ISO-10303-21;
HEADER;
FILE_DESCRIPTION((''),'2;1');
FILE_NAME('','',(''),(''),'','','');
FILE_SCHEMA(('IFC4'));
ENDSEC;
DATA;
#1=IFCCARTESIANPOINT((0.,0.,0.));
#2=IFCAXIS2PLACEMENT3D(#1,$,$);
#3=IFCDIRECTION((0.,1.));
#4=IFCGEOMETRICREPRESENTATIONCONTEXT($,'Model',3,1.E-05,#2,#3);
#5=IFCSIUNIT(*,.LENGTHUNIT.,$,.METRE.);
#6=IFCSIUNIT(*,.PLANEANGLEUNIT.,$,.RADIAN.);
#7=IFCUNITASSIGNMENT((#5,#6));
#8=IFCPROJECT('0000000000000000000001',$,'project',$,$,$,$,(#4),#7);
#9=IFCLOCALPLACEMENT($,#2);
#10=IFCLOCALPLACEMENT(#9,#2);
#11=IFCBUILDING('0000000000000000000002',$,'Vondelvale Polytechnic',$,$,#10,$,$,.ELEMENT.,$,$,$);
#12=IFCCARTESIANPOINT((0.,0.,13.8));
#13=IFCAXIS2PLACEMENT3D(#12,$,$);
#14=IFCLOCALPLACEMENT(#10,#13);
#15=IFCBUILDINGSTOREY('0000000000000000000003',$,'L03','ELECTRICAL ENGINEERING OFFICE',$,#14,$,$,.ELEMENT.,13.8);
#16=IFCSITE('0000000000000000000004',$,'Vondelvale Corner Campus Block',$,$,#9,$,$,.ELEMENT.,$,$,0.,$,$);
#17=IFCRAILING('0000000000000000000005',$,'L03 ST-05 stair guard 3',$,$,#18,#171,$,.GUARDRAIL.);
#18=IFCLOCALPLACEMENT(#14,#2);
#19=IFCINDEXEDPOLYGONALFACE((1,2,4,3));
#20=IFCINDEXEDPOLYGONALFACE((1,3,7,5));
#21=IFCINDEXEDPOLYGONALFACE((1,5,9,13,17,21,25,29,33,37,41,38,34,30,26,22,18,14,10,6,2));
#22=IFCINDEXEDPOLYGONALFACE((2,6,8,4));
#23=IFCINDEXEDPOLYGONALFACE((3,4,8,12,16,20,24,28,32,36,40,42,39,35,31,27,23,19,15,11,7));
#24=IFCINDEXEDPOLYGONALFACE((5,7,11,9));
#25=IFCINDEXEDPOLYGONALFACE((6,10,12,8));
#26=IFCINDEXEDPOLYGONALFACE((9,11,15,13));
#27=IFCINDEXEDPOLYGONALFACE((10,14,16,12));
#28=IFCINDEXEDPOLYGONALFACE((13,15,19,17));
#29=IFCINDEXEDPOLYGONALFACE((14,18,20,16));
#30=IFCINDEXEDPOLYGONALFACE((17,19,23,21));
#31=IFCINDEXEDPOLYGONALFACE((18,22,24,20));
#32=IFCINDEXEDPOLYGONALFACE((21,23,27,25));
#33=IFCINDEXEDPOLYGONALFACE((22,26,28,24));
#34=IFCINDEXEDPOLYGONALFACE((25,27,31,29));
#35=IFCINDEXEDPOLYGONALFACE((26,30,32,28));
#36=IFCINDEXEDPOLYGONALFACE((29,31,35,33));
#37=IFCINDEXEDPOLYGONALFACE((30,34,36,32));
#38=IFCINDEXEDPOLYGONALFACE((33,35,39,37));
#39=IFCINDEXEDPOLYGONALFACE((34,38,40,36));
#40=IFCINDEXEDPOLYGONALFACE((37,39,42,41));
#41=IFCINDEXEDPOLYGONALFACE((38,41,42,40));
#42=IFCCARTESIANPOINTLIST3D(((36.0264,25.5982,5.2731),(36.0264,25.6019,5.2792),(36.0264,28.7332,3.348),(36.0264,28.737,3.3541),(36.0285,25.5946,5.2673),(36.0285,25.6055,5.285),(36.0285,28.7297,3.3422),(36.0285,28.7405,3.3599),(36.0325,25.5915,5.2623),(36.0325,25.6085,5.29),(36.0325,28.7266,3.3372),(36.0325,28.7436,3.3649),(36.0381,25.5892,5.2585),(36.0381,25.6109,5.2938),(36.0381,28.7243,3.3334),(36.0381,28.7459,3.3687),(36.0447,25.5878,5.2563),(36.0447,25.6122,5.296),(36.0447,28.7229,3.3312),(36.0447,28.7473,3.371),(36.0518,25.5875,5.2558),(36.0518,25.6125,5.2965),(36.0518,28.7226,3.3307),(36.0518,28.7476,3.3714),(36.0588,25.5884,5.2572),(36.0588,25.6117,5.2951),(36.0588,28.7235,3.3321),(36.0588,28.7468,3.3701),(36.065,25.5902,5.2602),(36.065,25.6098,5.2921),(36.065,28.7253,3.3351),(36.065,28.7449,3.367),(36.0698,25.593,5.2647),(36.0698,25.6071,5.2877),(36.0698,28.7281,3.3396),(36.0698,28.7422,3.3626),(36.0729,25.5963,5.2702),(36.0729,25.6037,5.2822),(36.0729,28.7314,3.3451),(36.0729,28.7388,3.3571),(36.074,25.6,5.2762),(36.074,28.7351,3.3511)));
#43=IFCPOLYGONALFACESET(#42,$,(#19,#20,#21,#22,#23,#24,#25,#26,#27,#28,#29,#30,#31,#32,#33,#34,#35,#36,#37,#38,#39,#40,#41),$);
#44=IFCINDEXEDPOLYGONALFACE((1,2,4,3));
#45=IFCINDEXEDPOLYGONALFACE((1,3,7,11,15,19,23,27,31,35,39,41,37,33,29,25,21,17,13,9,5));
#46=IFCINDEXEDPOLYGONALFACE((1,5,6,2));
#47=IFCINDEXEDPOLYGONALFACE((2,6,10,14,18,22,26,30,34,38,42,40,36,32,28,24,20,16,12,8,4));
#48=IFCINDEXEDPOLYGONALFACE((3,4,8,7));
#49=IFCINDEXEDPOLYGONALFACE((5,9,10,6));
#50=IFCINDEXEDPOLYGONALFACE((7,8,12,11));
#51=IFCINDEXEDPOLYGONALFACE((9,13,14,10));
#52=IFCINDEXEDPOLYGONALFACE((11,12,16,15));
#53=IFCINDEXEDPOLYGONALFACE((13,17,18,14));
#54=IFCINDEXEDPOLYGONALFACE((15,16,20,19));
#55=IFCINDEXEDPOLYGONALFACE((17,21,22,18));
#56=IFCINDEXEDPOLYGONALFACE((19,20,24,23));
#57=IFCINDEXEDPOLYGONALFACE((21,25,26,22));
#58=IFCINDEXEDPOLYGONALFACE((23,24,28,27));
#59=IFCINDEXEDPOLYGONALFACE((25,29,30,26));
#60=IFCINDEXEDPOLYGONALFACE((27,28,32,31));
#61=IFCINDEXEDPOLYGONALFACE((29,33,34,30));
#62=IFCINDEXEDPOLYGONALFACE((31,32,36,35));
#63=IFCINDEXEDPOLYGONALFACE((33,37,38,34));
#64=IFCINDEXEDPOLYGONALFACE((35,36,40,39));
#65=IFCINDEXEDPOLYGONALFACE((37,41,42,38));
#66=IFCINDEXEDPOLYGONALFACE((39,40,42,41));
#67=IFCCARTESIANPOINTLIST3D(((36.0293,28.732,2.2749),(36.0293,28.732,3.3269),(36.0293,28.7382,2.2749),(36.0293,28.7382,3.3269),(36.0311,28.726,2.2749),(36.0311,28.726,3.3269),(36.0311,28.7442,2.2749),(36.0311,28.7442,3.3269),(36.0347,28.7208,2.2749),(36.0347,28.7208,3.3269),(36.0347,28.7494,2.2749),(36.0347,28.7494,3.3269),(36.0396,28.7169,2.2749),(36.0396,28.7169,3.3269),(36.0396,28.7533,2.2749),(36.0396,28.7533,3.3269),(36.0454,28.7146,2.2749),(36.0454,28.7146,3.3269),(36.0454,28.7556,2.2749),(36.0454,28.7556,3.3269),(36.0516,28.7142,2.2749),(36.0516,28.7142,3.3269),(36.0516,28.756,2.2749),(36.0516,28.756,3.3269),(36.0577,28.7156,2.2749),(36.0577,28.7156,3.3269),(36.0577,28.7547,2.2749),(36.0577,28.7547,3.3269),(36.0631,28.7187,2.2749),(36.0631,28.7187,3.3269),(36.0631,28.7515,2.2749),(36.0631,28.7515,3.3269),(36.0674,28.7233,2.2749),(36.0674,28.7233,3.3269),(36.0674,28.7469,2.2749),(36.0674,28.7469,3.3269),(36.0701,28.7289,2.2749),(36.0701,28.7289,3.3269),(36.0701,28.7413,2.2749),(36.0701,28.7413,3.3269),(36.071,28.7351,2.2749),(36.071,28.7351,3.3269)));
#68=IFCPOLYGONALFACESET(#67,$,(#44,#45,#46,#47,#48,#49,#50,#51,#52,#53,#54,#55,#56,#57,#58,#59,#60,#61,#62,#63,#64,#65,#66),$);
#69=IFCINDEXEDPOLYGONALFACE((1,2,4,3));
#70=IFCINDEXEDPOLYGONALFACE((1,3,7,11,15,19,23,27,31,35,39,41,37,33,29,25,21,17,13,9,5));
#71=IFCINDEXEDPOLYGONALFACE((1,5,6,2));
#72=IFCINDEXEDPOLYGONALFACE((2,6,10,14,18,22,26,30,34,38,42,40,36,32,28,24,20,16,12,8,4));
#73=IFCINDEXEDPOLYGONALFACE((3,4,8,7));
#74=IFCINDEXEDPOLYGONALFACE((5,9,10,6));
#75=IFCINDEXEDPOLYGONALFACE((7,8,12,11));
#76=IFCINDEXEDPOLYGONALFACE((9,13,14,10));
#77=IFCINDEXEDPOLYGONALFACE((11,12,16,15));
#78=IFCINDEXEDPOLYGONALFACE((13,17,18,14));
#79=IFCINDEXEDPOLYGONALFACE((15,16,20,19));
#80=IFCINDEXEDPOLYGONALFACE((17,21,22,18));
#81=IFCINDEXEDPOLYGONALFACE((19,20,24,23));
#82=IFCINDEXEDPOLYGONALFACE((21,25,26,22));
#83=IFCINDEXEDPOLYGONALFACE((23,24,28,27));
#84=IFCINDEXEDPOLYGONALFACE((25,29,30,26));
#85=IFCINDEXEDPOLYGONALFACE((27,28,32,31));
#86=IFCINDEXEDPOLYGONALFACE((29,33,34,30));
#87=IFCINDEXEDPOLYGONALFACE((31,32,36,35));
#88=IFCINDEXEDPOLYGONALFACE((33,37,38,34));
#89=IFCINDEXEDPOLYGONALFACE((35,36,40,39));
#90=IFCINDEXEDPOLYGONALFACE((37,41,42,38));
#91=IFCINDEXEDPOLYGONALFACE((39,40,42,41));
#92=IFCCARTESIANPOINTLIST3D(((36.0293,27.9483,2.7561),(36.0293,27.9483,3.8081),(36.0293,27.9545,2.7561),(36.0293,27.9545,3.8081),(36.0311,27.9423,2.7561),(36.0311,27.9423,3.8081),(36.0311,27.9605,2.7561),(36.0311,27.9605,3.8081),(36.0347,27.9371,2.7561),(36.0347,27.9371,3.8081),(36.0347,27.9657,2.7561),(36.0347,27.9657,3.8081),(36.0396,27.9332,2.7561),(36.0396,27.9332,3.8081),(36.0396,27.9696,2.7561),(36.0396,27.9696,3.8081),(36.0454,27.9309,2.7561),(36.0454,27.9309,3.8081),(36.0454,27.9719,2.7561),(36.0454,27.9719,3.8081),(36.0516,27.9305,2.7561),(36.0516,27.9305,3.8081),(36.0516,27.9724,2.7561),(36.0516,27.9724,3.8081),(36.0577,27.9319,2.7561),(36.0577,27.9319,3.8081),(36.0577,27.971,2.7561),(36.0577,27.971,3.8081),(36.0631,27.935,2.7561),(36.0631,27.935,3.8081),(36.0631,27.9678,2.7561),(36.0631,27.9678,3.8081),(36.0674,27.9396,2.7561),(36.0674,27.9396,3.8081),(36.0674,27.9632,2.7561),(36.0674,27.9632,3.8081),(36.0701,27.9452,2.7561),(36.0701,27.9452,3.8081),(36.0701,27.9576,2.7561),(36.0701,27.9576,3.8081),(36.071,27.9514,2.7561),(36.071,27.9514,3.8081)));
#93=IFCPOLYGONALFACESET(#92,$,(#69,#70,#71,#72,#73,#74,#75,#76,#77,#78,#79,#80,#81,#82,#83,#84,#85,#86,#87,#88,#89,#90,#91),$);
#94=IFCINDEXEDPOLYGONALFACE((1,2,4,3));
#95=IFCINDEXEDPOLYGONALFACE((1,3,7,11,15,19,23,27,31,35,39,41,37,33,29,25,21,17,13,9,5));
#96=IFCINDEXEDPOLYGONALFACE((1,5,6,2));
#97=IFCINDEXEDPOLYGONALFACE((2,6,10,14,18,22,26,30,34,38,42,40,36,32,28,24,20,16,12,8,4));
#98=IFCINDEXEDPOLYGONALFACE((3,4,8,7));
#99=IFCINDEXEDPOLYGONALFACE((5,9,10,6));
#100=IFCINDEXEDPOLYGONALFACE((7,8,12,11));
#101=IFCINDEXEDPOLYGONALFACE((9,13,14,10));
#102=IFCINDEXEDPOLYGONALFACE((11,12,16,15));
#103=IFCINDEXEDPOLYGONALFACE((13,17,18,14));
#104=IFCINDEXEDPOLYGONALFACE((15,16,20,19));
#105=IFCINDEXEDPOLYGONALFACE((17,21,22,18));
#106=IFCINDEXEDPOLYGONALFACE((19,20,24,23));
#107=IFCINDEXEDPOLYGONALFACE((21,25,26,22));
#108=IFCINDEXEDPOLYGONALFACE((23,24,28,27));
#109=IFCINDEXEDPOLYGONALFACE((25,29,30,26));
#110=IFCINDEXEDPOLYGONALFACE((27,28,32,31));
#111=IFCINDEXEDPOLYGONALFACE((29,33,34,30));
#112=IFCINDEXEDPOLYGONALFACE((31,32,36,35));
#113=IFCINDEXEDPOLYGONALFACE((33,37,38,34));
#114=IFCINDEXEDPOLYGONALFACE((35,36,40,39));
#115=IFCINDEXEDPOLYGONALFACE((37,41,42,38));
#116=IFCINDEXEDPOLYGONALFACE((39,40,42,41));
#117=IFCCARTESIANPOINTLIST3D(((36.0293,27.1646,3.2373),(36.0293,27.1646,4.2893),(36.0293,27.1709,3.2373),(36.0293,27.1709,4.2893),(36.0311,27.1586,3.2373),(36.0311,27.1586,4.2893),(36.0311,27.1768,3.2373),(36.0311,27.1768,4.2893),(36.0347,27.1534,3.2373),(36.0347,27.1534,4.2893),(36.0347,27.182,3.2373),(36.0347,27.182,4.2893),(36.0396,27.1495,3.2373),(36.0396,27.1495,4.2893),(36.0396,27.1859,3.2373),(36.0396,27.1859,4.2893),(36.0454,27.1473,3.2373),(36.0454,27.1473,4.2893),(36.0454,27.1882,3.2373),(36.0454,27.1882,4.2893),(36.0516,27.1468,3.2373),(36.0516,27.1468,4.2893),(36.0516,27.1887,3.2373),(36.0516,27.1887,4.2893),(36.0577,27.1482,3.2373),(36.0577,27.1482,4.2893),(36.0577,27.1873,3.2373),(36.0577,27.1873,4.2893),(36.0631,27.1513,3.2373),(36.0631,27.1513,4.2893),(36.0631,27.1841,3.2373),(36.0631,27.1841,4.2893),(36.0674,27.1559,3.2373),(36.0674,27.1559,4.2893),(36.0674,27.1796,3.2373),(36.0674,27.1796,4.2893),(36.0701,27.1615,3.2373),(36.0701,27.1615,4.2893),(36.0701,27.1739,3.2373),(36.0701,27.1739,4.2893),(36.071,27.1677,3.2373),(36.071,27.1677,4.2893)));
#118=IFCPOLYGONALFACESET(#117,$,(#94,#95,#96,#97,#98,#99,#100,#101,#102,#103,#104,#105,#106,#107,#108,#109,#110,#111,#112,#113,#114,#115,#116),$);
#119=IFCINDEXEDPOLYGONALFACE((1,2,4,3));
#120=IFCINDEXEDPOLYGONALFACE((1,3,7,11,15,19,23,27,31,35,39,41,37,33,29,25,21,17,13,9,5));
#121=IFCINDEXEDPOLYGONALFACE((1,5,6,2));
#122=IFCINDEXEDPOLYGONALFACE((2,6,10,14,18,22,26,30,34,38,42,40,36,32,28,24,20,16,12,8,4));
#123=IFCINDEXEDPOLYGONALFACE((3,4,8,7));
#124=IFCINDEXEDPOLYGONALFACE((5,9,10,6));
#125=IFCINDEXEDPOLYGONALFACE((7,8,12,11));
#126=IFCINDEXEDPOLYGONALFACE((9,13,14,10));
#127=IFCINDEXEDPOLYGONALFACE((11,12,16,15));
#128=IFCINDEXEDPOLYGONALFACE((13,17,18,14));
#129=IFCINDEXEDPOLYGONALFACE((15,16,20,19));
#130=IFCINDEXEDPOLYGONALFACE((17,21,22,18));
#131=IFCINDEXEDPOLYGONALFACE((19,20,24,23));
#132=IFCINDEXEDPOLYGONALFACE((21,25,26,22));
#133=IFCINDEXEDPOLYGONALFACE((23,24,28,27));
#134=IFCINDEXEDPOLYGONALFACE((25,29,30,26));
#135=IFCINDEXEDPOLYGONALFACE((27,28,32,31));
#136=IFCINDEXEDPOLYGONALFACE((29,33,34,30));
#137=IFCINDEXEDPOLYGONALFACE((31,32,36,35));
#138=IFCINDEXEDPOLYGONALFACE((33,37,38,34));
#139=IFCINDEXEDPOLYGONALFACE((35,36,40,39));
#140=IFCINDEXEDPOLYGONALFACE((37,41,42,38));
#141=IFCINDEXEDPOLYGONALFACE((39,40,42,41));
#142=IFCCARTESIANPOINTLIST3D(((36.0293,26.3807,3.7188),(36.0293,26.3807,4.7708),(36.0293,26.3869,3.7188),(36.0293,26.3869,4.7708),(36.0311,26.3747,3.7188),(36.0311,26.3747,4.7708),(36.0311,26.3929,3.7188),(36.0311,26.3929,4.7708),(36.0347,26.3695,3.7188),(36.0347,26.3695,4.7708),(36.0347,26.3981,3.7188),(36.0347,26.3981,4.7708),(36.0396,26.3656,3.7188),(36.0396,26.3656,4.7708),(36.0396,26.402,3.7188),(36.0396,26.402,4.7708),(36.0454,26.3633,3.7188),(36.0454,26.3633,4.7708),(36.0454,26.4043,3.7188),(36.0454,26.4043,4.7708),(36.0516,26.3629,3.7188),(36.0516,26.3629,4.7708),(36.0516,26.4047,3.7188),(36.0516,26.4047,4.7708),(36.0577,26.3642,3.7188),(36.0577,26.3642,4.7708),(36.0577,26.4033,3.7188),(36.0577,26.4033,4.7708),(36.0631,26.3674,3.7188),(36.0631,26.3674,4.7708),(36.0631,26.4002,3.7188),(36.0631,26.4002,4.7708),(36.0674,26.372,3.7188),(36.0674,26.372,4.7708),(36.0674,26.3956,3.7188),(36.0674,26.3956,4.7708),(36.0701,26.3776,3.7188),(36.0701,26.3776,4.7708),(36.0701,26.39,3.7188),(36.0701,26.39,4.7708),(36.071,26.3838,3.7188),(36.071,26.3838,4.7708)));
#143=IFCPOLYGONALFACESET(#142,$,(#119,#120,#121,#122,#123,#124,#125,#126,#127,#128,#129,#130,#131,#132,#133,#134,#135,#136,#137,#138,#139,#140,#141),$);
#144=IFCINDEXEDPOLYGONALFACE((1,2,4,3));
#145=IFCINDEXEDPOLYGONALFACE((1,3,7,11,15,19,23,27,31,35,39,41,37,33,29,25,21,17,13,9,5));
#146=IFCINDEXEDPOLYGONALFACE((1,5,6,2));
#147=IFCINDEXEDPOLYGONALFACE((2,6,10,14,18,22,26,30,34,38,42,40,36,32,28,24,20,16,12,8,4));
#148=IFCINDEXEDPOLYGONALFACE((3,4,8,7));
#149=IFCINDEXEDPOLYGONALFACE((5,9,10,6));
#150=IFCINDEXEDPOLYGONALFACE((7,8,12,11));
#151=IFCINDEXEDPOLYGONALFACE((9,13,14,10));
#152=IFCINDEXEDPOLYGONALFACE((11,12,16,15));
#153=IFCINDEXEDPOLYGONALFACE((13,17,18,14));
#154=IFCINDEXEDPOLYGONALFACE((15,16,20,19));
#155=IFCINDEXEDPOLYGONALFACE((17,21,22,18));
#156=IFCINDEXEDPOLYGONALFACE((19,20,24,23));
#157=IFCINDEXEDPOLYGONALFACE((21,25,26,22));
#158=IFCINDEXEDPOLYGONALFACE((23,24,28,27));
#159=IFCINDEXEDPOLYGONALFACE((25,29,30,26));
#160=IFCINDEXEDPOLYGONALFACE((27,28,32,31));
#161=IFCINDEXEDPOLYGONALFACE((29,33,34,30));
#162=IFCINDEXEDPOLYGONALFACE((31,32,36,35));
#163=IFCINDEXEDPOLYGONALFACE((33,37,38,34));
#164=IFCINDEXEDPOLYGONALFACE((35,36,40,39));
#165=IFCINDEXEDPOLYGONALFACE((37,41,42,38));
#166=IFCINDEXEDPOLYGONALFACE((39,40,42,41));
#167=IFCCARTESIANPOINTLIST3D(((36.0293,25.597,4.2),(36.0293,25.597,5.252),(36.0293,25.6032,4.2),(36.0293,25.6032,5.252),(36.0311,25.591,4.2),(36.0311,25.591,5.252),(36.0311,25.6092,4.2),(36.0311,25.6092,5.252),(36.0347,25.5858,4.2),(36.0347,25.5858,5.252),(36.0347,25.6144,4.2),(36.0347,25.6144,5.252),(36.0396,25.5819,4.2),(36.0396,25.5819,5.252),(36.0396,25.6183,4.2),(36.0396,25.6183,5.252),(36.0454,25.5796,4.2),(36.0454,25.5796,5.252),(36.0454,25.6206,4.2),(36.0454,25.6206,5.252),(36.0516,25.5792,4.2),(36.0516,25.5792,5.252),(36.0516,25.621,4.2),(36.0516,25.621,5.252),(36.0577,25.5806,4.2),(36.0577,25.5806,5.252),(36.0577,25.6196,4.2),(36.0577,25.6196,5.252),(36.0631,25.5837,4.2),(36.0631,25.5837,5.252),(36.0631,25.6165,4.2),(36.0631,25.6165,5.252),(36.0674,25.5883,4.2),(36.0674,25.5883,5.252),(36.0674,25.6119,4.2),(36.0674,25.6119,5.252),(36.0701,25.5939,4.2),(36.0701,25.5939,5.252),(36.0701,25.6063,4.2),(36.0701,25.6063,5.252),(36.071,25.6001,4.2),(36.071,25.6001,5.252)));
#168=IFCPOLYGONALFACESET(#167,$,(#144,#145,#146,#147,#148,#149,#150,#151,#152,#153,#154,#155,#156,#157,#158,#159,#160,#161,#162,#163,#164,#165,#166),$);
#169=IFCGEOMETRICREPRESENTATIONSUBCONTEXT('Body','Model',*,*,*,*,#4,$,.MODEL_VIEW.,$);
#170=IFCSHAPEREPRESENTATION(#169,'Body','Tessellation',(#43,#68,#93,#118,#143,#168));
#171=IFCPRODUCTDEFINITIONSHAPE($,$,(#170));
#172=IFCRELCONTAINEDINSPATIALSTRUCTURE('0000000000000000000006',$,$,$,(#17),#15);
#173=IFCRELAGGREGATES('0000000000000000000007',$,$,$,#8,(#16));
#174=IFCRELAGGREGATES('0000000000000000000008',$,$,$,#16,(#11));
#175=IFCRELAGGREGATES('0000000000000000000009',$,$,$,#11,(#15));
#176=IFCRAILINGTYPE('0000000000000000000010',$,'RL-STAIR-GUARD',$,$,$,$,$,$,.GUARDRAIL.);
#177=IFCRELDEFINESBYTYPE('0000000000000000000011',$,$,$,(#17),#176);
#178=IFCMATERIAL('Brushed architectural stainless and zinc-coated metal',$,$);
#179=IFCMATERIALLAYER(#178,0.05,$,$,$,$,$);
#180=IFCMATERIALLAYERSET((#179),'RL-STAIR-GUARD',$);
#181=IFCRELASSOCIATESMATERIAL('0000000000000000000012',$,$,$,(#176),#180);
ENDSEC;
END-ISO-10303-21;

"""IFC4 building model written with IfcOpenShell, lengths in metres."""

from ifc_helpers import new_model, si_unit, direction, frame, origin, origin_2d, place, context, subcontext, project, spatial, circle, extrude, material, layer, layer_set, type_object, element, save


model = new_model("IFC4")

# Units and contexts
model_context = context("Model", 3, precision=1e-05, world=origin(), true_north=direction((0.0, 1.0)))
body_context = subcontext(model_context, "Body", "Model", "MODEL_VIEW")
ifc_project = project(units=[si_unit("LENGTHUNIT", "METRE"), si_unit("PLANEANGLEUNIT", "RADIAN")], contexts=[model_context])

# Site, building, storey
site_placement = place(None, origin())
site = spatial("IfcSite", under=ifc_project, at=site_placement, Name="Vondelvale Corner Campus Block", CompositionType="ELEMENT", RefElevation=0.0)
building_placement = place(site_placement, origin())
building = spatial("IfcBuilding", under=site, at=building_placement, Name="Vondelvale Polytechnic", CompositionType="ELEMENT")
storey_placement = place(building_placement, frame((0.0, 0.0, 13.8)))
storey = spatial("IfcBuildingStorey", under=building, at=storey_placement, Name="L03", Description="ELECTRICAL ENGINEERING OFFICE", CompositionType="ELEMENT", Elevation=13.8)

# Shared definitions
ifc_material_1 = material(Name="Brushed architectural stainless and zinc-coated metal")

# Railing
ifc_layer_1 = layer(ifc_material_1, 0.05)
ifc_layer_set_1 = layer_set([ifc_layer_1], Name="RL-STAIR-GUARD")
railing_type_1 = type_object("IfcRailingType", Name="RL-STAIR-GUARD", PredefinedType="GUARDRAIL", material=ifc_layer_set_1)
railing_1_placement = place(storey_placement, frame((36.05, 28.7351, 2.2749)))
element("IfcRailing", 1, at=railing_1_placement, inside=storey, type_object=railing_type_1, Name="L03 ST-05 stair guard 3", PredefinedType="GUARDRAIL", context=body_context, shape_type="SweptSolid", body=[
    extrude(circle(Radius=0.0239, at=origin_2d()), frame((0.0, 0.0, 1.0762), z_axis=(0.0, -0.852166, 0.523271), x_axis=(1.0, 0.0, 0.0)), (0.0, 0.0, 1.0), 3.679),
    extrude(circle(Radius=0.021, at=origin_2d()), origin(), (0.0, 0.0, 1.0), 1.052),
    extrude(circle(Radius=0.021, at=origin_2d()), frame((0.0, -0.7837, 0.4812)), (0.0, 0.0, 1.0), 1.052),
    extrude(circle(Radius=0.021, at=origin_2d()), frame((0.0, -1.5674, 0.9624)), (0.0, 0.0, 1.0), 1.052),
    extrude(circle(Radius=0.021, at=origin_2d()), frame((0.0, -2.3513, 1.4438)), (0.0, 0.0, 1.0), 1.052),
    extrude(circle(Radius=0.021, at=origin_2d()), frame((0.0, -3.135, 1.925)), (0.0, 0.0, 1.0), 1.052),
])

save(model, "model.ifc")
